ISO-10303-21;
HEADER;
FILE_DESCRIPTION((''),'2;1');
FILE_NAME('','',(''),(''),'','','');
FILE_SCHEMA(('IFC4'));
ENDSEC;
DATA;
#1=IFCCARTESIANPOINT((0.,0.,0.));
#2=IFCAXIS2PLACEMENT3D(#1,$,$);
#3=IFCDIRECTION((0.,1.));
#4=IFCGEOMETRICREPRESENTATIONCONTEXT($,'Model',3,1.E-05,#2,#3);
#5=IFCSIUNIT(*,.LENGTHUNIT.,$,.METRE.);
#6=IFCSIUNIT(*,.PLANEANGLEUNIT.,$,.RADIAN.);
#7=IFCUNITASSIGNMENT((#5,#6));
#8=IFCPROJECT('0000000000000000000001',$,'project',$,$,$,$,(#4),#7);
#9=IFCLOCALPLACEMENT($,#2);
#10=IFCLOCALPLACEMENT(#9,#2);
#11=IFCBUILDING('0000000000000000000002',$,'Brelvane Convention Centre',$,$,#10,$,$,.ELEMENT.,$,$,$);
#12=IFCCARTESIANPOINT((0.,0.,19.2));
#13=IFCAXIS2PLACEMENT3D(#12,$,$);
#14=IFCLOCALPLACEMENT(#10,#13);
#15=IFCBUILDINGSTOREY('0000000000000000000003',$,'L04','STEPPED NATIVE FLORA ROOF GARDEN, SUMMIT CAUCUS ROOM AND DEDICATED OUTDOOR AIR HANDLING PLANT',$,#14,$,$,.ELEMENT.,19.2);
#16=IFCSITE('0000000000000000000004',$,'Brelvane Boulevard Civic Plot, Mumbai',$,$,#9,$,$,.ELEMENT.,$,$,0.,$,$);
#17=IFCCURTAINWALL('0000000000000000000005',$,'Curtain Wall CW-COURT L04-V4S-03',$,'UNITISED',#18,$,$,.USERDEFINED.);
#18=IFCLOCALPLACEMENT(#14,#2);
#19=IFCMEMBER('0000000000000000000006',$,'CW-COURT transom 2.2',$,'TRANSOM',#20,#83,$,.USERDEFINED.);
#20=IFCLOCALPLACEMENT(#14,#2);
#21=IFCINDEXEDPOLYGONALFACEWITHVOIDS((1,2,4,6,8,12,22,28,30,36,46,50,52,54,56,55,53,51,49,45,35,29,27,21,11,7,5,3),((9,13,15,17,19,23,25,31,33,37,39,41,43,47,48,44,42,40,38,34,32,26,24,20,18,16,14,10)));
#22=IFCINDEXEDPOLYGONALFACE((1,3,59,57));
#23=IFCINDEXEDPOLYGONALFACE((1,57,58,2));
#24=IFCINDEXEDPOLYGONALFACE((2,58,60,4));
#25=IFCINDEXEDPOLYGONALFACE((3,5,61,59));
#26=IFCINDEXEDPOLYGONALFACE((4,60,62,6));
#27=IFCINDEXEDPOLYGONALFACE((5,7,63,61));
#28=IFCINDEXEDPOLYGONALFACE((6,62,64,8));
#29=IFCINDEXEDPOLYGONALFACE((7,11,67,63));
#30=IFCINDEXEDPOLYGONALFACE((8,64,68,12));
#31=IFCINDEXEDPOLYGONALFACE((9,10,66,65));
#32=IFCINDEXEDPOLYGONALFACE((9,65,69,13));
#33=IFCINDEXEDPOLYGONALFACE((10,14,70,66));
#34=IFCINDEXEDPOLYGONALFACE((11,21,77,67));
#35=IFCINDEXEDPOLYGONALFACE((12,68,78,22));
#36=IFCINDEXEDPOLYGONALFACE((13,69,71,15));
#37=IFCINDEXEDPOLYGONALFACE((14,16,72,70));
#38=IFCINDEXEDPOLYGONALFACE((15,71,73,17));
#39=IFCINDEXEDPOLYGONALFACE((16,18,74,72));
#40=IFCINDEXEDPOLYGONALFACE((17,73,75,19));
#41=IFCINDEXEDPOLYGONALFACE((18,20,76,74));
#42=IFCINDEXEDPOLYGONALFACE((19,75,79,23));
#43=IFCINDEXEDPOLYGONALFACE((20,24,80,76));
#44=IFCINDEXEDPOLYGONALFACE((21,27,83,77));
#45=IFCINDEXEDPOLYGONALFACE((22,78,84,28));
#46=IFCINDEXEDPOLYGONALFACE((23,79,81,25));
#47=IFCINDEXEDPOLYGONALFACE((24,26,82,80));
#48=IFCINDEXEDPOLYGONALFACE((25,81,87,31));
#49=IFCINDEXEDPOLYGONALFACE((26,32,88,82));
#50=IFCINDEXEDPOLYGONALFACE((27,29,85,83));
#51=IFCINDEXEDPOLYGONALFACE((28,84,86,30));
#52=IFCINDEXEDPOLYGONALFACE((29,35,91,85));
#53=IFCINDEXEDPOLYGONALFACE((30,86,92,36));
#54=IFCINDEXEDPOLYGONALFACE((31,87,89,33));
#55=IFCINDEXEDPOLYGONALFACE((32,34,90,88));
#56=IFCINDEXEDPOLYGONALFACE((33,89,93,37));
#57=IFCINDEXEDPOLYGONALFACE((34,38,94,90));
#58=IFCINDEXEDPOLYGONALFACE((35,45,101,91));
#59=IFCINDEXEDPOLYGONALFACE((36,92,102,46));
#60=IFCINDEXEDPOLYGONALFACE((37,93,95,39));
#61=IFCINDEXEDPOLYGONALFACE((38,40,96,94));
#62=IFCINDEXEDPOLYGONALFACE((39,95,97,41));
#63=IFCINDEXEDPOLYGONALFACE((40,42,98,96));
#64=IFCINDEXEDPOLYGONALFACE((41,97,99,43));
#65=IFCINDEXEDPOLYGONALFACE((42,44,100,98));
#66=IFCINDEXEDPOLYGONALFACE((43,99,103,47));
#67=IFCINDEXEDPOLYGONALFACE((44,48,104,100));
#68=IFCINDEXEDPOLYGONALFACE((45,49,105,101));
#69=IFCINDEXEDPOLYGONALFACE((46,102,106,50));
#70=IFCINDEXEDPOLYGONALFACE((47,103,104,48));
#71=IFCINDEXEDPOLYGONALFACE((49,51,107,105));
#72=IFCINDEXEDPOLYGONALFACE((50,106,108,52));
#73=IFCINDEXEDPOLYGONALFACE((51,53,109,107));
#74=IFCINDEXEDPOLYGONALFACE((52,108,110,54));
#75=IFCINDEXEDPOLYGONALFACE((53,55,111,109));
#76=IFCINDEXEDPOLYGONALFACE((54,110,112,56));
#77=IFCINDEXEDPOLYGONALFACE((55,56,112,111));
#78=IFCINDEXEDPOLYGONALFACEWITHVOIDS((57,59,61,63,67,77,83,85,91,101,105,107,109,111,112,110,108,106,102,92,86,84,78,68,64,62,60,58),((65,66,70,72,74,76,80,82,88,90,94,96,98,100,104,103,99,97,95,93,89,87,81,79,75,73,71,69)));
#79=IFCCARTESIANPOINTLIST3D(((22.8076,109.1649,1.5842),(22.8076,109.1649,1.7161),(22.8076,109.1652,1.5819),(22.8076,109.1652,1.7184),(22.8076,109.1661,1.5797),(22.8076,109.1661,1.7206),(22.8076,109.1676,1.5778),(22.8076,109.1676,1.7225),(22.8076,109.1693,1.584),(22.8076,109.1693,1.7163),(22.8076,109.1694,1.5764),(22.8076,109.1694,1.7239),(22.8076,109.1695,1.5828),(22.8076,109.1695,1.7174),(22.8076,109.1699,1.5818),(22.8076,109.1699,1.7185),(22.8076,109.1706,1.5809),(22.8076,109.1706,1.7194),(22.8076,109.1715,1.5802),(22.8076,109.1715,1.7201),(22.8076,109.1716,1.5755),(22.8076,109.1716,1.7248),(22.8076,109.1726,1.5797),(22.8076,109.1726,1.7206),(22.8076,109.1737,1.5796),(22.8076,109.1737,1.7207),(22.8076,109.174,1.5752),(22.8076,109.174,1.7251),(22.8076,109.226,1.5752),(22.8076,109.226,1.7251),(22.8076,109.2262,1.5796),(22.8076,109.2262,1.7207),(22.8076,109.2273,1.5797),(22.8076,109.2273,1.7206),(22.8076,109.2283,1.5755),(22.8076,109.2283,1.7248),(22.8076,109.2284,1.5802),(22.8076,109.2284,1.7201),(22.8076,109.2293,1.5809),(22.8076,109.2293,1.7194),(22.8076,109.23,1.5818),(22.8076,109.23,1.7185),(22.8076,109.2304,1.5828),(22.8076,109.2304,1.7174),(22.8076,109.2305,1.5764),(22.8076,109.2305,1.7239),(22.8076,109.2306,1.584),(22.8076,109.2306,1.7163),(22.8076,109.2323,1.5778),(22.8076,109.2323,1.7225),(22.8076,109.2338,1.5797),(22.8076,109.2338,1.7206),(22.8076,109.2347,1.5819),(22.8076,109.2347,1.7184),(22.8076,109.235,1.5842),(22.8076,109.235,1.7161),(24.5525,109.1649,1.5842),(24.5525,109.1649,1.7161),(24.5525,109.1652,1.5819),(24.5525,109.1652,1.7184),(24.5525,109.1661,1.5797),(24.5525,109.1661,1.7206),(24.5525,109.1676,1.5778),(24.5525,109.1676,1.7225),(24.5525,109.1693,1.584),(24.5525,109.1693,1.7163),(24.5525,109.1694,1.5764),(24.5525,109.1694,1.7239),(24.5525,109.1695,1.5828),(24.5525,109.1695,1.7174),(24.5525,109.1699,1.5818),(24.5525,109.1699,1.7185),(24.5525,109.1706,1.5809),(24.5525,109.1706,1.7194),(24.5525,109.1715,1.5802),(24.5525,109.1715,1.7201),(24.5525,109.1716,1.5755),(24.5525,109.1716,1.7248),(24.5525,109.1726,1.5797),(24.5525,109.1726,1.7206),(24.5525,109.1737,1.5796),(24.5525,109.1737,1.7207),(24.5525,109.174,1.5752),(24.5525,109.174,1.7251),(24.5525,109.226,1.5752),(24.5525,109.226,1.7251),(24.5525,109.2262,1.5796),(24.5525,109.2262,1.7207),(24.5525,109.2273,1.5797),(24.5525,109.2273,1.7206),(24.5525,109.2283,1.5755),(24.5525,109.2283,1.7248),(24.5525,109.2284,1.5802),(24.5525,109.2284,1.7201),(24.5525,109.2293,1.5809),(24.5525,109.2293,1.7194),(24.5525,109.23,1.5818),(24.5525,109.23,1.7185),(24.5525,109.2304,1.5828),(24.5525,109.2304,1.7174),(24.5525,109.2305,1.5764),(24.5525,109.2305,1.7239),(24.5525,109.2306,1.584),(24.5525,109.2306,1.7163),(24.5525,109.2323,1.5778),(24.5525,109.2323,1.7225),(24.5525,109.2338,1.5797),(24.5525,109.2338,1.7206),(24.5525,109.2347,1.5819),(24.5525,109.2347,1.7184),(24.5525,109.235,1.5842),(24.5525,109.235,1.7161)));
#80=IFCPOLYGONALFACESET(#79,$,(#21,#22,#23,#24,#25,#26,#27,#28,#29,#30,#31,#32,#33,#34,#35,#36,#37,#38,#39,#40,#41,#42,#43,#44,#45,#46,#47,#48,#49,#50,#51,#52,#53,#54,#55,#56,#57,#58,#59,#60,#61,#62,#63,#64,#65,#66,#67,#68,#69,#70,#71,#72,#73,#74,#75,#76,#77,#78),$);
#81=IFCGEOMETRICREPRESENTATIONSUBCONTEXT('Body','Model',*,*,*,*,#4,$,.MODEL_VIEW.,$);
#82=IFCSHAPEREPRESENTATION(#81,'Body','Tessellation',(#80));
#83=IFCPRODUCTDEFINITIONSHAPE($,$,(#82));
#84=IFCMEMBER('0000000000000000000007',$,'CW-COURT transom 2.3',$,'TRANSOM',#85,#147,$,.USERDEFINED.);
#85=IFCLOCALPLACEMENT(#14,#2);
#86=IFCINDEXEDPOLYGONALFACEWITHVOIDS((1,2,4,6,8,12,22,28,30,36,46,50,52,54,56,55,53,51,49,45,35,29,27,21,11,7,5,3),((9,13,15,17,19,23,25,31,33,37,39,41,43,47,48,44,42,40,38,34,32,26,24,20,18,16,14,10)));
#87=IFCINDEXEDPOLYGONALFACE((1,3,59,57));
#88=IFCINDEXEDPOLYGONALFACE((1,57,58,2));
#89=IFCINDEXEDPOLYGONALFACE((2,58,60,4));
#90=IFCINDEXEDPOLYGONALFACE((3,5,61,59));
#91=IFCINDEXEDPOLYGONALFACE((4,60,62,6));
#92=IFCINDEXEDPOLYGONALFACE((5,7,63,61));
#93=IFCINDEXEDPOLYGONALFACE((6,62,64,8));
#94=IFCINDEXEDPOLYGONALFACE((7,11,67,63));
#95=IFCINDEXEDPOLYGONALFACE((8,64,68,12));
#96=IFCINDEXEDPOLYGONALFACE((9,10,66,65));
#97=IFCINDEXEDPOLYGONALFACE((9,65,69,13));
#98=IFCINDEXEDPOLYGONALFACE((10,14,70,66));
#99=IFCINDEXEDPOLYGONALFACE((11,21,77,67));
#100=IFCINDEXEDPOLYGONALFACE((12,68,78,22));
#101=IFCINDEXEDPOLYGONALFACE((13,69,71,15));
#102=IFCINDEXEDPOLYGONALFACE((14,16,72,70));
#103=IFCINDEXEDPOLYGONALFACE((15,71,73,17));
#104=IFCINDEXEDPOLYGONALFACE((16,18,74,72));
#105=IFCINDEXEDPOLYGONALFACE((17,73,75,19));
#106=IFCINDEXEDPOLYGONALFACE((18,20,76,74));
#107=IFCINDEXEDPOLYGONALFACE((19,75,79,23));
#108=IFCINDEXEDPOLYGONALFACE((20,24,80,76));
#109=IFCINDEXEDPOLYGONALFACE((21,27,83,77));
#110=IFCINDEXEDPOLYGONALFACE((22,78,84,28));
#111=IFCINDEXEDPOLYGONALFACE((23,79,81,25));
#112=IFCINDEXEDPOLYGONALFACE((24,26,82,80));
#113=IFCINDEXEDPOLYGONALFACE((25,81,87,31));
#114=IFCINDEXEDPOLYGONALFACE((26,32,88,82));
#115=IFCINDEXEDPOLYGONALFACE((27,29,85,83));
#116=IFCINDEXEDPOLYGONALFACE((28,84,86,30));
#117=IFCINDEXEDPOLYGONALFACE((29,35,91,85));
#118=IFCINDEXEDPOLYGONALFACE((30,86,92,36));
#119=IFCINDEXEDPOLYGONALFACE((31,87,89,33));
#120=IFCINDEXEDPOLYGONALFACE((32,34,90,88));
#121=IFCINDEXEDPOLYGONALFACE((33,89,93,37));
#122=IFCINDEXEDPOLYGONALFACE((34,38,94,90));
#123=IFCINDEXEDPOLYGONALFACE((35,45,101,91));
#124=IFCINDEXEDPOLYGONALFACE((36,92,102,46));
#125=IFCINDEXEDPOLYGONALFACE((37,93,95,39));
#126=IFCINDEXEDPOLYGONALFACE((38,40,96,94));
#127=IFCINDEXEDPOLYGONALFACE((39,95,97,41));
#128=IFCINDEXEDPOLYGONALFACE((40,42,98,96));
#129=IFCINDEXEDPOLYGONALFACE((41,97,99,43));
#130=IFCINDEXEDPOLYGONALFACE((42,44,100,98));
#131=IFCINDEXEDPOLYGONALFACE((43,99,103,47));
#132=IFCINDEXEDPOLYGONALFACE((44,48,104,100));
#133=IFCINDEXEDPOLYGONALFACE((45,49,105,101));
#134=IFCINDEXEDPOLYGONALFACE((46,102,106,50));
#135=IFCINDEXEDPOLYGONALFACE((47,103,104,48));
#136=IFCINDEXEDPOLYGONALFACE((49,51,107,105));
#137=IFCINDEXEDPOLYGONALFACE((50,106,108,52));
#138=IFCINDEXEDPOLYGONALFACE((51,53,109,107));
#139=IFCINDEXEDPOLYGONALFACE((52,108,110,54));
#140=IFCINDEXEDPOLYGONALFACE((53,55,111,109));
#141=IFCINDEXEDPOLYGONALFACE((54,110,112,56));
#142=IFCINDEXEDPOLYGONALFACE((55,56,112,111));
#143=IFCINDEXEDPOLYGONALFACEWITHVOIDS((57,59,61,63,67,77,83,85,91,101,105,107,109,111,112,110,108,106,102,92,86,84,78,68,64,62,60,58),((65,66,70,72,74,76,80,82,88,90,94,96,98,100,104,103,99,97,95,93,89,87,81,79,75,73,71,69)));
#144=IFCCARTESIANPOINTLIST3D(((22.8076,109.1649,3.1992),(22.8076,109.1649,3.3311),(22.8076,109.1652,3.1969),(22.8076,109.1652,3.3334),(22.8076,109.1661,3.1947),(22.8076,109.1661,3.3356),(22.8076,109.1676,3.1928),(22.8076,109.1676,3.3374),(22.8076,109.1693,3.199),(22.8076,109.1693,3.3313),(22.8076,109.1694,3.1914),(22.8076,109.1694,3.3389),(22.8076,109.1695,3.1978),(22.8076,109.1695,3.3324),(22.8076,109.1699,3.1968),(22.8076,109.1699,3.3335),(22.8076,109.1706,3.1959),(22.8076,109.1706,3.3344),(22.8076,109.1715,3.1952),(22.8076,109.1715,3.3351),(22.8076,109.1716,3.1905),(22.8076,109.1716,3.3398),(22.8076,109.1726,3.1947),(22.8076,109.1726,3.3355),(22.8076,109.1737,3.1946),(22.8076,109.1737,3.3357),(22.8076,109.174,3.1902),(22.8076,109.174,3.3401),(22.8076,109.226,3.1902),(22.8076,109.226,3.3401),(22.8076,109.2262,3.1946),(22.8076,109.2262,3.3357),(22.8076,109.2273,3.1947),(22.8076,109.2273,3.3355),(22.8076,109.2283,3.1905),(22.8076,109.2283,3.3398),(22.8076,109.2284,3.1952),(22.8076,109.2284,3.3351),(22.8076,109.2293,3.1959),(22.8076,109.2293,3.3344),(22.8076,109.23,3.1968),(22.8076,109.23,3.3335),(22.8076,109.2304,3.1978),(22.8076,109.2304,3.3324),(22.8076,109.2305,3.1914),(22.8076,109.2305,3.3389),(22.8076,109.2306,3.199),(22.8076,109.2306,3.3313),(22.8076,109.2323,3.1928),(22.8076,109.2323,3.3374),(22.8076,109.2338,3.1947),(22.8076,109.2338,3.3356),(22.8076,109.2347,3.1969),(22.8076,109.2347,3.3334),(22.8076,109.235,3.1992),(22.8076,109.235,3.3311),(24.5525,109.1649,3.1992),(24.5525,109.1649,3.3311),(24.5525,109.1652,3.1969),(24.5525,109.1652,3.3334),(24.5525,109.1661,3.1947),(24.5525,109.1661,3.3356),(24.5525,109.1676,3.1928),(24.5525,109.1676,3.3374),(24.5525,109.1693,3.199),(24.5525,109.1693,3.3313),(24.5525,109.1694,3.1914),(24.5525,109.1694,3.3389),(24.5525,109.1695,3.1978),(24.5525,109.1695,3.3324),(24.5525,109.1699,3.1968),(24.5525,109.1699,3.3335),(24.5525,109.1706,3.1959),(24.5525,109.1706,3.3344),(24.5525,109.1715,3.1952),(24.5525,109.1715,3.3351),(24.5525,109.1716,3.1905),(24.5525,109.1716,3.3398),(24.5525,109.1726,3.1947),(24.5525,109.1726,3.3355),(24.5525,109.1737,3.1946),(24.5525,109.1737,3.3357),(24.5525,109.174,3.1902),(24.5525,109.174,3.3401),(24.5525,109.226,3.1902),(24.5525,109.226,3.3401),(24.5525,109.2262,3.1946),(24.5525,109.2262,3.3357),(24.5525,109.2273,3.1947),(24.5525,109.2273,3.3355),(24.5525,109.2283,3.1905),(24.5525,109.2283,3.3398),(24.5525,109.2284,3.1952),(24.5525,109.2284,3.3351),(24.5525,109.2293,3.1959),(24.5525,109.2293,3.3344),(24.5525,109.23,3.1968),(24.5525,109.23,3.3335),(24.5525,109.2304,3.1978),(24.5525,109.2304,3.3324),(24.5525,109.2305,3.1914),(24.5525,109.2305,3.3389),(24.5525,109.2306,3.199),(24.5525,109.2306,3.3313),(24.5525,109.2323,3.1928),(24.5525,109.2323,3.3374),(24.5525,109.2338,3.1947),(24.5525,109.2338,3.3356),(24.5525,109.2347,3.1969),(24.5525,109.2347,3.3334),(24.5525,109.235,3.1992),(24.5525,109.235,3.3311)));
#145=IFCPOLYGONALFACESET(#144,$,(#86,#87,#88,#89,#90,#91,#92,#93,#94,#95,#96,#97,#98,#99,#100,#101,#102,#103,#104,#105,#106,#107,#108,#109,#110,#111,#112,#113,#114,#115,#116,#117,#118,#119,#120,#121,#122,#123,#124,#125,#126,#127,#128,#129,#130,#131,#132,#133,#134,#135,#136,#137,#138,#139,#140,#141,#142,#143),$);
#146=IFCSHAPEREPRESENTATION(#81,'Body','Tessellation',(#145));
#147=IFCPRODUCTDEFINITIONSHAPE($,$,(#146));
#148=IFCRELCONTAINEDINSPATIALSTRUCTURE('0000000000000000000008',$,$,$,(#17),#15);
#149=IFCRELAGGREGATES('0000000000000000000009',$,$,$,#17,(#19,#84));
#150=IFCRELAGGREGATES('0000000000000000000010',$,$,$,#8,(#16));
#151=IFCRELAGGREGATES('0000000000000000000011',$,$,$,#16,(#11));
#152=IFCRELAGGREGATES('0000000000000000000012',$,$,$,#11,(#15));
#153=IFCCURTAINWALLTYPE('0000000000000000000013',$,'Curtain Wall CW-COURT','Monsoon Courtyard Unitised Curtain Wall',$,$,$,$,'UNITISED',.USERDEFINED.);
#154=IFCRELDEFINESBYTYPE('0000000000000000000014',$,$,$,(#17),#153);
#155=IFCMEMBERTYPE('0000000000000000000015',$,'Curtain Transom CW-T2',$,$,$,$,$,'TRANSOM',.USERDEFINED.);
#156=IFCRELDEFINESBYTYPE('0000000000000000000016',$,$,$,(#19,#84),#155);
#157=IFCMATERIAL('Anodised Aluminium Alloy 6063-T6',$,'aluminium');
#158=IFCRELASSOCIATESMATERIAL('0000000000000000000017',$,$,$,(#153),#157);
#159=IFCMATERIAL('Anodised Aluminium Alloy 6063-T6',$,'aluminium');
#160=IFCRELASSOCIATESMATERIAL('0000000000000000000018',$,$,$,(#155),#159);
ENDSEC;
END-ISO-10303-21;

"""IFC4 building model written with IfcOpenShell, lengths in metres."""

from ifc_helpers import new_model, si_unit, direction, frame, origin, origin_2d, place, context, subcontext, project, spatial, hollow_rectangle, extrude, material, material_profile, profile_set, type_object, element, aggregate, save


model = new_model("IFC4")

# Units and contexts
model_context = context("Model", 3, precision=1e-05, world=origin(), true_north=direction((0.0, 1.0)))
body_context = subcontext(model_context, "Body", "Model", "MODEL_VIEW")
ifc_project = project(units=[si_unit("LENGTHUNIT", "METRE"), si_unit("PLANEANGLEUNIT", "RADIAN")], contexts=[model_context])

# Site, building, storey
site_placement = place(None, origin())
site = spatial("IfcSite", under=ifc_project, at=site_placement, Name="Brelvane Boulevard Civic Plot, Mumbai", CompositionType="ELEMENT", RefElevation=0.0)
building_placement = place(site_placement, origin())
building = spatial("IfcBuilding", under=site, at=building_placement, Name="Brelvane Convention Centre", CompositionType="ELEMENT")
storey_placement = place(building_placement, frame((0.0, 0.0, 19.2)))
storey = spatial("IfcBuildingStorey", under=building, at=storey_placement, Name="L04", Description="STEPPED NATIVE FLORA ROOF GARDEN, SUMMIT CAUCUS ROOM AND DEDICATED OUTDOOR AIR HANDLING PLANT", CompositionType="ELEMENT", Elevation=19.2)

# Curtain wall, members
ifc_material_1 = material(Name="Anodised Aluminium Alloy 6063-T6", Category="aluminium")
curtain_wall_type = type_object("IfcCurtainWallType", Name="Curtain Wall CW-COURT", Description="Monsoon Courtyard Unitised Curtain Wall", ElementType="UNITISED", PredefinedType="USERDEFINED", material=ifc_material_1)
curtain_wall_placement = place(storey_placement, origin())
curtain_wall = element("IfcCurtainWall", 1, at=curtain_wall_placement, inside=storey, type_object=curtain_wall_type, Name="Curtain Wall CW-COURT L04-V4S-03", ObjectType="UNITISED", PredefinedType="USERDEFINED")
ifc_material_2 = material(Name="Anodised Aluminium Alloy 6063-T6", Category="aluminium")
ifc_material_profile_1 = material_profile(ifc_material_2, hollow_rectangle(XDim=0.0701, YDim=0.1499, WallThickness=0.0044, InnerFilletRadius=0.0044, OuterFilletRadius=0.009, at=origin_2d()), Name="ALU-T 150x70x4.5")
ifc_profile_set_1 = profile_set([ifc_material_profile_1], Name="Anodised Aluminium Alloy 6063-T6")
member_type_1 = type_object("IfcMemberType", Name="Curtain Transom CW-T2", ElementType="TRANSOM", PredefinedType="USERDEFINED", material=ifc_profile_set_1)
member_1_placement = place(storey_placement, frame((22.8076, 109.2, 1.6501), z_axis=(1.0, 0.0, 0.0), x_axis=(0.0, 1.0, 0.0)))
member_1 = element("IfcMember", 2, at=member_1_placement, type_object=member_type_1, Name="CW-COURT transom 2.2", ObjectType="TRANSOM", PredefinedType="USERDEFINED", context=body_context, shape_type="SweptSolid", body=[
    extrude(hollow_rectangle(XDim=0.0701, YDim=0.1499, WallThickness=0.0044, InnerFilletRadius=0.0044, OuterFilletRadius=0.009, at=origin_2d()), origin(), (0.0, 0.0, 1.0), 1.7449),
])
member_2_placement = place(storey_placement, frame((22.8076, 109.2, 3.2651), z_axis=(1.0, 0.0, 0.0), x_axis=(0.0, 1.0, 0.0)))
member_2 = element("IfcMember", 3, at=member_2_placement, type_object=member_type_1, Name="CW-COURT transom 2.3", ObjectType="TRANSOM", PredefinedType="USERDEFINED", context=body_context, shape_type="SweptSolid", body=[
    extrude(hollow_rectangle(XDim=0.0701, YDim=0.1499, WallThickness=0.0044, InnerFilletRadius=0.0044, OuterFilletRadius=0.009, at=origin_2d()), origin(), (0.0, 0.0, 1.0), 1.7449),
])
aggregate(curtain_wall, [member_1, member_2])

save(model, "model.ifc")
